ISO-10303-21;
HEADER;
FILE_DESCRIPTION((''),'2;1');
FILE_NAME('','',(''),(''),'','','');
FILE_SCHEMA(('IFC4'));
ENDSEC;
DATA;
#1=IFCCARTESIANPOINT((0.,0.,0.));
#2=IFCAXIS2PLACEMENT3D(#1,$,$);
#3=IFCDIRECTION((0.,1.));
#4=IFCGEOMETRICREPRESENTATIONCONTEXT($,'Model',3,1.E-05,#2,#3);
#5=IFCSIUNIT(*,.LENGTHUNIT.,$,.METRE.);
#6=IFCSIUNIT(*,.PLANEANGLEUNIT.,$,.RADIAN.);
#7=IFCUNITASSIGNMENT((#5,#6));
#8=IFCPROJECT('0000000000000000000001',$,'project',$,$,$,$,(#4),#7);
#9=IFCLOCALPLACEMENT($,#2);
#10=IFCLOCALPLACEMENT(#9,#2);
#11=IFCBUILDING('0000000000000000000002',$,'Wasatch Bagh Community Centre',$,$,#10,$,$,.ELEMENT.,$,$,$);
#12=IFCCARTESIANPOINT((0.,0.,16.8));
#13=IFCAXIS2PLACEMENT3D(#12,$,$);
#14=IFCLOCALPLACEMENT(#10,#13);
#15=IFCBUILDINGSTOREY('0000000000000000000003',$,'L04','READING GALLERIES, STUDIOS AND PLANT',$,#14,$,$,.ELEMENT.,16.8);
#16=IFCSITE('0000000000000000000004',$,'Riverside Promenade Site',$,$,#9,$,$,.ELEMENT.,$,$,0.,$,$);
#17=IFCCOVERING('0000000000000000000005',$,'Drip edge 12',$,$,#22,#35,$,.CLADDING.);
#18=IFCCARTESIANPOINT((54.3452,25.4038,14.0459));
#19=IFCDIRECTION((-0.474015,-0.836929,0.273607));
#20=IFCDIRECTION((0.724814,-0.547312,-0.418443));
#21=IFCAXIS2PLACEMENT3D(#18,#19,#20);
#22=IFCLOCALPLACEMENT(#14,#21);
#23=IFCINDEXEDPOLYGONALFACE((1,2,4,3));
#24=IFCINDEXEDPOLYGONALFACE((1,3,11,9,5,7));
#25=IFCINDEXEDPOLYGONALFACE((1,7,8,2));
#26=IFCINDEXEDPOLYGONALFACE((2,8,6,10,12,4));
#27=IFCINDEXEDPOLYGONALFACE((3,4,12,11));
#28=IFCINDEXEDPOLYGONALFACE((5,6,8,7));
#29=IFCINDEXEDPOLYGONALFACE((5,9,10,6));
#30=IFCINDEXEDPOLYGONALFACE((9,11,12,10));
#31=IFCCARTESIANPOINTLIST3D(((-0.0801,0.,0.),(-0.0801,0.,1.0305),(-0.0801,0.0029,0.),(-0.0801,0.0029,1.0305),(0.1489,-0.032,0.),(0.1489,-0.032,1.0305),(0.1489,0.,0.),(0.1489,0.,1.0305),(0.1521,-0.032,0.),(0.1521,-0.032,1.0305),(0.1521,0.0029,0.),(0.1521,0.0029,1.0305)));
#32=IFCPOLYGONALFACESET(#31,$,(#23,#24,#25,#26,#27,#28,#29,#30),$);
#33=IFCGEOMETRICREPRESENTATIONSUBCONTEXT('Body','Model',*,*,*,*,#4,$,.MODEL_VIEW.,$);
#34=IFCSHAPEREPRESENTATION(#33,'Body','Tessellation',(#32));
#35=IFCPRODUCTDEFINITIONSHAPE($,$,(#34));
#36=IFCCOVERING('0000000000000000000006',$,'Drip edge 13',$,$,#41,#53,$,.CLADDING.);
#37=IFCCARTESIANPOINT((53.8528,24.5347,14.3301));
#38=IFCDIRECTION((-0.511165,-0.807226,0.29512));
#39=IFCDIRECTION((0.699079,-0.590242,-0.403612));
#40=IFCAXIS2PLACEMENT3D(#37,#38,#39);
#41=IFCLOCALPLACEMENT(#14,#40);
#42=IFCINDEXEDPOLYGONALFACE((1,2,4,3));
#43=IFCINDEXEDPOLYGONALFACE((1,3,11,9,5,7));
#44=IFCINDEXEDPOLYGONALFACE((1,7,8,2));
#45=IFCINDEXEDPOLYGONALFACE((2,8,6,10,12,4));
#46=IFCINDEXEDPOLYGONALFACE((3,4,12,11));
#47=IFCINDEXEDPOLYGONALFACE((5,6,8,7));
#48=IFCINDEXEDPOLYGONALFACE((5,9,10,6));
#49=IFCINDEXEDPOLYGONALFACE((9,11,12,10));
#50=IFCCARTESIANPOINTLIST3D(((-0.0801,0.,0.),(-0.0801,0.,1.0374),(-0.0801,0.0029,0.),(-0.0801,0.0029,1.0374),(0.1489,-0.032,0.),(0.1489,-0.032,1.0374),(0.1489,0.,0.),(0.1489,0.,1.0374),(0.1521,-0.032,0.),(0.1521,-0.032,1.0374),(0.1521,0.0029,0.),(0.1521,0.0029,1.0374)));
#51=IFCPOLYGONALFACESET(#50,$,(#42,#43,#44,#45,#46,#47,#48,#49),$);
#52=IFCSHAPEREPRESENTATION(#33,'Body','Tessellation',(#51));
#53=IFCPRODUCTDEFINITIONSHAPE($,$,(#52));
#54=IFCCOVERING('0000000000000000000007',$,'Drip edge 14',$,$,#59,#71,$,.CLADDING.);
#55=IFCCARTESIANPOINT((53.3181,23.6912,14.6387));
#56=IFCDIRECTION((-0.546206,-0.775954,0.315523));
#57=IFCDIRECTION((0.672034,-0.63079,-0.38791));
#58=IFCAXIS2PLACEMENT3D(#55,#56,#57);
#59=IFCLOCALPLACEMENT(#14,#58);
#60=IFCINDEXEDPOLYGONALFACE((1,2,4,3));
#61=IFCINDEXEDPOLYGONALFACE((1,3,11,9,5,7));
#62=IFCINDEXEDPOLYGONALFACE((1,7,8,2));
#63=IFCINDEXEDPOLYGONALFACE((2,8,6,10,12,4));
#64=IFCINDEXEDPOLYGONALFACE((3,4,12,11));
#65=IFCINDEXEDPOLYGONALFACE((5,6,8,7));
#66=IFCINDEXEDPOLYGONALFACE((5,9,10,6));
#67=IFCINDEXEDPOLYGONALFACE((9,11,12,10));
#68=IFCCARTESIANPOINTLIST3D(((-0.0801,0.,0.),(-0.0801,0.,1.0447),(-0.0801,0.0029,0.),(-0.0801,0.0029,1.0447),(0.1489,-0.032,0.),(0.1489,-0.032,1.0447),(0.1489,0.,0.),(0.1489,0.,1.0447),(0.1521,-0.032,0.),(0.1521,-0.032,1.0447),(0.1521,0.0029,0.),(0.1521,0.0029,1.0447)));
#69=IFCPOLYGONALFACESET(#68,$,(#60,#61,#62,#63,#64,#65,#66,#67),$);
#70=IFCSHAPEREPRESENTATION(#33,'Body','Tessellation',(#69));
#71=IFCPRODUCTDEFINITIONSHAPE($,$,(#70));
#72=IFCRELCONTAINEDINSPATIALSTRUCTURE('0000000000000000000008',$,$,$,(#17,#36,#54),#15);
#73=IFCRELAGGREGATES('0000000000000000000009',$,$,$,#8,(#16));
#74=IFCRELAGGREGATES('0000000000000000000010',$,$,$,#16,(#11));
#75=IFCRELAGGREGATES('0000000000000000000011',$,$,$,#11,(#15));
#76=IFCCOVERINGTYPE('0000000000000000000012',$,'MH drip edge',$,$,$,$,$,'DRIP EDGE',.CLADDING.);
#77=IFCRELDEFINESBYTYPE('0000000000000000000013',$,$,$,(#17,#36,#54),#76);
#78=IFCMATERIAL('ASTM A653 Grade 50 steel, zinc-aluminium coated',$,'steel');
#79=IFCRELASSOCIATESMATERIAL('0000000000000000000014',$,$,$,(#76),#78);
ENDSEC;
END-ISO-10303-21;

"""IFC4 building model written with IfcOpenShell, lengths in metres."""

from ifc_helpers import new_model, si_unit, direction, frame, origin, place, context, subcontext, project, spatial, polyline, outline, extrude, material, material_profile, profile_set, type_object, element, save


model = new_model("IFC4")

# Units and contexts
model_context = context("Model", 3, precision=1e-05, world=origin(), true_north=direction((0.0, 1.0)))
body_context = subcontext(model_context, "Body", "Model", "MODEL_VIEW")
ifc_project = project(units=[si_unit("LENGTHUNIT", "METRE"), si_unit("PLANEANGLEUNIT", "RADIAN")], contexts=[model_context])

# Site, building, storey
site_placement = place(None, origin())
site = spatial("IfcSite", under=ifc_project, at=site_placement, Name="Riverside Promenade Site", CompositionType="ELEMENT", RefElevation=0.0)
building_placement = place(site_placement, origin())
building = spatial("IfcBuilding", under=site, at=building_placement, Name="Wasatch Bagh Community Centre", CompositionType="ELEMENT")
storey_placement = place(building_placement, frame((0.0, 0.0, 16.8)))
storey = spatial("IfcBuildingStorey", under=building, at=storey_placement, Name="L04", Description="READING GALLERIES, STUDIOS AND PLANT", CompositionType="ELEMENT", Elevation=16.8)

# Coverings
ifc_material_1 = material(Name="ASTM A653 Grade 50 steel, zinc-aluminium coated", Category="steel")
ifc_material_profile_1 = material_profile(ifc_material_1, outline(polyline([(-0.0801, 0.0029), (0.1521, 0.0029), (0.1521, -0.032), (0.1489, -0.032), (0.1489, 0.0), (-0.0801, 0.0), (-0.0801, 0.0029)])), Name="DRIP EDGE")
ifc_profile_set_1 = profile_set([ifc_material_profile_1], Name="ASTM A653 Grade 50 steel, zinc-aluminium coated")
covering_type_1 = type_object("IfcCoveringType", Name="MH drip edge", ElementType="DRIP EDGE", PredefinedType="CLADDING", material=ifc_profile_set_1)
covering_1_placement = place(storey_placement, frame((54.3452, 25.4038, 14.0459), z_axis=(-0.474015, -0.836929, 0.273607), x_axis=(0.724814, -0.547312, -0.418443)))
element("IfcCovering", 1, at=covering_1_placement, inside=storey, type_object=covering_type_1, Name="Drip edge 12", PredefinedType="CLADDING", context=body_context, shape_type="SweptSolid", body=[
    extrude(outline(polyline([(-0.0801, 0.0029), (0.1521, 0.0029), (0.1521, -0.032), (0.1489, -0.032), (0.1489, 0.0), (-0.0801, 0.0), (-0.0801, 0.0029)])), origin(), (0.0, 0.0, 1.0), 1.0305),
])
covering_2_placement = place(storey_placement, frame((53.8528, 24.5347, 14.3301), z_axis=(-0.511165, -0.807226, 0.29512), x_axis=(0.699079, -0.590242, -0.403612)))
element("IfcCovering", 2, at=covering_2_placement, inside=storey, type_object=covering_type_1, Name="Drip edge 13", PredefinedType="CLADDING", context=body_context, shape_type="SweptSolid", body=[
    extrude(outline(polyline([(-0.0801, 0.0029), (0.1521, 0.0029), (0.1521, -0.032), (0.1489, -0.032), (0.1489, 0.0), (-0.0801, 0.0), (-0.0801, 0.0029)])), origin(), (0.0, 0.0, 1.0), 1.0374),
])
covering_3_placement = place(storey_placement, frame((53.3181, 23.6912, 14.6387), z_axis=(-0.546206, -0.775954, 0.315523), x_axis=(0.672034, -0.63079, -0.38791)))
element("IfcCovering", 3, at=covering_3_placement, inside=storey, type_object=covering_type_1, Name="Drip edge 14", PredefinedType="CLADDING", context=body_context, shape_type="SweptSolid", body=[
    extrude(outline(polyline([(-0.0801, 0.0029), (0.1521, 0.0029), (0.1521, -0.032), (0.1489, -0.032), (0.1489, 0.0), (-0.0801, 0.0), (-0.0801, 0.0029)])), origin(), (0.0, 0.0, 1.0), 1.0447),
])

save(model, "model.ifc")
